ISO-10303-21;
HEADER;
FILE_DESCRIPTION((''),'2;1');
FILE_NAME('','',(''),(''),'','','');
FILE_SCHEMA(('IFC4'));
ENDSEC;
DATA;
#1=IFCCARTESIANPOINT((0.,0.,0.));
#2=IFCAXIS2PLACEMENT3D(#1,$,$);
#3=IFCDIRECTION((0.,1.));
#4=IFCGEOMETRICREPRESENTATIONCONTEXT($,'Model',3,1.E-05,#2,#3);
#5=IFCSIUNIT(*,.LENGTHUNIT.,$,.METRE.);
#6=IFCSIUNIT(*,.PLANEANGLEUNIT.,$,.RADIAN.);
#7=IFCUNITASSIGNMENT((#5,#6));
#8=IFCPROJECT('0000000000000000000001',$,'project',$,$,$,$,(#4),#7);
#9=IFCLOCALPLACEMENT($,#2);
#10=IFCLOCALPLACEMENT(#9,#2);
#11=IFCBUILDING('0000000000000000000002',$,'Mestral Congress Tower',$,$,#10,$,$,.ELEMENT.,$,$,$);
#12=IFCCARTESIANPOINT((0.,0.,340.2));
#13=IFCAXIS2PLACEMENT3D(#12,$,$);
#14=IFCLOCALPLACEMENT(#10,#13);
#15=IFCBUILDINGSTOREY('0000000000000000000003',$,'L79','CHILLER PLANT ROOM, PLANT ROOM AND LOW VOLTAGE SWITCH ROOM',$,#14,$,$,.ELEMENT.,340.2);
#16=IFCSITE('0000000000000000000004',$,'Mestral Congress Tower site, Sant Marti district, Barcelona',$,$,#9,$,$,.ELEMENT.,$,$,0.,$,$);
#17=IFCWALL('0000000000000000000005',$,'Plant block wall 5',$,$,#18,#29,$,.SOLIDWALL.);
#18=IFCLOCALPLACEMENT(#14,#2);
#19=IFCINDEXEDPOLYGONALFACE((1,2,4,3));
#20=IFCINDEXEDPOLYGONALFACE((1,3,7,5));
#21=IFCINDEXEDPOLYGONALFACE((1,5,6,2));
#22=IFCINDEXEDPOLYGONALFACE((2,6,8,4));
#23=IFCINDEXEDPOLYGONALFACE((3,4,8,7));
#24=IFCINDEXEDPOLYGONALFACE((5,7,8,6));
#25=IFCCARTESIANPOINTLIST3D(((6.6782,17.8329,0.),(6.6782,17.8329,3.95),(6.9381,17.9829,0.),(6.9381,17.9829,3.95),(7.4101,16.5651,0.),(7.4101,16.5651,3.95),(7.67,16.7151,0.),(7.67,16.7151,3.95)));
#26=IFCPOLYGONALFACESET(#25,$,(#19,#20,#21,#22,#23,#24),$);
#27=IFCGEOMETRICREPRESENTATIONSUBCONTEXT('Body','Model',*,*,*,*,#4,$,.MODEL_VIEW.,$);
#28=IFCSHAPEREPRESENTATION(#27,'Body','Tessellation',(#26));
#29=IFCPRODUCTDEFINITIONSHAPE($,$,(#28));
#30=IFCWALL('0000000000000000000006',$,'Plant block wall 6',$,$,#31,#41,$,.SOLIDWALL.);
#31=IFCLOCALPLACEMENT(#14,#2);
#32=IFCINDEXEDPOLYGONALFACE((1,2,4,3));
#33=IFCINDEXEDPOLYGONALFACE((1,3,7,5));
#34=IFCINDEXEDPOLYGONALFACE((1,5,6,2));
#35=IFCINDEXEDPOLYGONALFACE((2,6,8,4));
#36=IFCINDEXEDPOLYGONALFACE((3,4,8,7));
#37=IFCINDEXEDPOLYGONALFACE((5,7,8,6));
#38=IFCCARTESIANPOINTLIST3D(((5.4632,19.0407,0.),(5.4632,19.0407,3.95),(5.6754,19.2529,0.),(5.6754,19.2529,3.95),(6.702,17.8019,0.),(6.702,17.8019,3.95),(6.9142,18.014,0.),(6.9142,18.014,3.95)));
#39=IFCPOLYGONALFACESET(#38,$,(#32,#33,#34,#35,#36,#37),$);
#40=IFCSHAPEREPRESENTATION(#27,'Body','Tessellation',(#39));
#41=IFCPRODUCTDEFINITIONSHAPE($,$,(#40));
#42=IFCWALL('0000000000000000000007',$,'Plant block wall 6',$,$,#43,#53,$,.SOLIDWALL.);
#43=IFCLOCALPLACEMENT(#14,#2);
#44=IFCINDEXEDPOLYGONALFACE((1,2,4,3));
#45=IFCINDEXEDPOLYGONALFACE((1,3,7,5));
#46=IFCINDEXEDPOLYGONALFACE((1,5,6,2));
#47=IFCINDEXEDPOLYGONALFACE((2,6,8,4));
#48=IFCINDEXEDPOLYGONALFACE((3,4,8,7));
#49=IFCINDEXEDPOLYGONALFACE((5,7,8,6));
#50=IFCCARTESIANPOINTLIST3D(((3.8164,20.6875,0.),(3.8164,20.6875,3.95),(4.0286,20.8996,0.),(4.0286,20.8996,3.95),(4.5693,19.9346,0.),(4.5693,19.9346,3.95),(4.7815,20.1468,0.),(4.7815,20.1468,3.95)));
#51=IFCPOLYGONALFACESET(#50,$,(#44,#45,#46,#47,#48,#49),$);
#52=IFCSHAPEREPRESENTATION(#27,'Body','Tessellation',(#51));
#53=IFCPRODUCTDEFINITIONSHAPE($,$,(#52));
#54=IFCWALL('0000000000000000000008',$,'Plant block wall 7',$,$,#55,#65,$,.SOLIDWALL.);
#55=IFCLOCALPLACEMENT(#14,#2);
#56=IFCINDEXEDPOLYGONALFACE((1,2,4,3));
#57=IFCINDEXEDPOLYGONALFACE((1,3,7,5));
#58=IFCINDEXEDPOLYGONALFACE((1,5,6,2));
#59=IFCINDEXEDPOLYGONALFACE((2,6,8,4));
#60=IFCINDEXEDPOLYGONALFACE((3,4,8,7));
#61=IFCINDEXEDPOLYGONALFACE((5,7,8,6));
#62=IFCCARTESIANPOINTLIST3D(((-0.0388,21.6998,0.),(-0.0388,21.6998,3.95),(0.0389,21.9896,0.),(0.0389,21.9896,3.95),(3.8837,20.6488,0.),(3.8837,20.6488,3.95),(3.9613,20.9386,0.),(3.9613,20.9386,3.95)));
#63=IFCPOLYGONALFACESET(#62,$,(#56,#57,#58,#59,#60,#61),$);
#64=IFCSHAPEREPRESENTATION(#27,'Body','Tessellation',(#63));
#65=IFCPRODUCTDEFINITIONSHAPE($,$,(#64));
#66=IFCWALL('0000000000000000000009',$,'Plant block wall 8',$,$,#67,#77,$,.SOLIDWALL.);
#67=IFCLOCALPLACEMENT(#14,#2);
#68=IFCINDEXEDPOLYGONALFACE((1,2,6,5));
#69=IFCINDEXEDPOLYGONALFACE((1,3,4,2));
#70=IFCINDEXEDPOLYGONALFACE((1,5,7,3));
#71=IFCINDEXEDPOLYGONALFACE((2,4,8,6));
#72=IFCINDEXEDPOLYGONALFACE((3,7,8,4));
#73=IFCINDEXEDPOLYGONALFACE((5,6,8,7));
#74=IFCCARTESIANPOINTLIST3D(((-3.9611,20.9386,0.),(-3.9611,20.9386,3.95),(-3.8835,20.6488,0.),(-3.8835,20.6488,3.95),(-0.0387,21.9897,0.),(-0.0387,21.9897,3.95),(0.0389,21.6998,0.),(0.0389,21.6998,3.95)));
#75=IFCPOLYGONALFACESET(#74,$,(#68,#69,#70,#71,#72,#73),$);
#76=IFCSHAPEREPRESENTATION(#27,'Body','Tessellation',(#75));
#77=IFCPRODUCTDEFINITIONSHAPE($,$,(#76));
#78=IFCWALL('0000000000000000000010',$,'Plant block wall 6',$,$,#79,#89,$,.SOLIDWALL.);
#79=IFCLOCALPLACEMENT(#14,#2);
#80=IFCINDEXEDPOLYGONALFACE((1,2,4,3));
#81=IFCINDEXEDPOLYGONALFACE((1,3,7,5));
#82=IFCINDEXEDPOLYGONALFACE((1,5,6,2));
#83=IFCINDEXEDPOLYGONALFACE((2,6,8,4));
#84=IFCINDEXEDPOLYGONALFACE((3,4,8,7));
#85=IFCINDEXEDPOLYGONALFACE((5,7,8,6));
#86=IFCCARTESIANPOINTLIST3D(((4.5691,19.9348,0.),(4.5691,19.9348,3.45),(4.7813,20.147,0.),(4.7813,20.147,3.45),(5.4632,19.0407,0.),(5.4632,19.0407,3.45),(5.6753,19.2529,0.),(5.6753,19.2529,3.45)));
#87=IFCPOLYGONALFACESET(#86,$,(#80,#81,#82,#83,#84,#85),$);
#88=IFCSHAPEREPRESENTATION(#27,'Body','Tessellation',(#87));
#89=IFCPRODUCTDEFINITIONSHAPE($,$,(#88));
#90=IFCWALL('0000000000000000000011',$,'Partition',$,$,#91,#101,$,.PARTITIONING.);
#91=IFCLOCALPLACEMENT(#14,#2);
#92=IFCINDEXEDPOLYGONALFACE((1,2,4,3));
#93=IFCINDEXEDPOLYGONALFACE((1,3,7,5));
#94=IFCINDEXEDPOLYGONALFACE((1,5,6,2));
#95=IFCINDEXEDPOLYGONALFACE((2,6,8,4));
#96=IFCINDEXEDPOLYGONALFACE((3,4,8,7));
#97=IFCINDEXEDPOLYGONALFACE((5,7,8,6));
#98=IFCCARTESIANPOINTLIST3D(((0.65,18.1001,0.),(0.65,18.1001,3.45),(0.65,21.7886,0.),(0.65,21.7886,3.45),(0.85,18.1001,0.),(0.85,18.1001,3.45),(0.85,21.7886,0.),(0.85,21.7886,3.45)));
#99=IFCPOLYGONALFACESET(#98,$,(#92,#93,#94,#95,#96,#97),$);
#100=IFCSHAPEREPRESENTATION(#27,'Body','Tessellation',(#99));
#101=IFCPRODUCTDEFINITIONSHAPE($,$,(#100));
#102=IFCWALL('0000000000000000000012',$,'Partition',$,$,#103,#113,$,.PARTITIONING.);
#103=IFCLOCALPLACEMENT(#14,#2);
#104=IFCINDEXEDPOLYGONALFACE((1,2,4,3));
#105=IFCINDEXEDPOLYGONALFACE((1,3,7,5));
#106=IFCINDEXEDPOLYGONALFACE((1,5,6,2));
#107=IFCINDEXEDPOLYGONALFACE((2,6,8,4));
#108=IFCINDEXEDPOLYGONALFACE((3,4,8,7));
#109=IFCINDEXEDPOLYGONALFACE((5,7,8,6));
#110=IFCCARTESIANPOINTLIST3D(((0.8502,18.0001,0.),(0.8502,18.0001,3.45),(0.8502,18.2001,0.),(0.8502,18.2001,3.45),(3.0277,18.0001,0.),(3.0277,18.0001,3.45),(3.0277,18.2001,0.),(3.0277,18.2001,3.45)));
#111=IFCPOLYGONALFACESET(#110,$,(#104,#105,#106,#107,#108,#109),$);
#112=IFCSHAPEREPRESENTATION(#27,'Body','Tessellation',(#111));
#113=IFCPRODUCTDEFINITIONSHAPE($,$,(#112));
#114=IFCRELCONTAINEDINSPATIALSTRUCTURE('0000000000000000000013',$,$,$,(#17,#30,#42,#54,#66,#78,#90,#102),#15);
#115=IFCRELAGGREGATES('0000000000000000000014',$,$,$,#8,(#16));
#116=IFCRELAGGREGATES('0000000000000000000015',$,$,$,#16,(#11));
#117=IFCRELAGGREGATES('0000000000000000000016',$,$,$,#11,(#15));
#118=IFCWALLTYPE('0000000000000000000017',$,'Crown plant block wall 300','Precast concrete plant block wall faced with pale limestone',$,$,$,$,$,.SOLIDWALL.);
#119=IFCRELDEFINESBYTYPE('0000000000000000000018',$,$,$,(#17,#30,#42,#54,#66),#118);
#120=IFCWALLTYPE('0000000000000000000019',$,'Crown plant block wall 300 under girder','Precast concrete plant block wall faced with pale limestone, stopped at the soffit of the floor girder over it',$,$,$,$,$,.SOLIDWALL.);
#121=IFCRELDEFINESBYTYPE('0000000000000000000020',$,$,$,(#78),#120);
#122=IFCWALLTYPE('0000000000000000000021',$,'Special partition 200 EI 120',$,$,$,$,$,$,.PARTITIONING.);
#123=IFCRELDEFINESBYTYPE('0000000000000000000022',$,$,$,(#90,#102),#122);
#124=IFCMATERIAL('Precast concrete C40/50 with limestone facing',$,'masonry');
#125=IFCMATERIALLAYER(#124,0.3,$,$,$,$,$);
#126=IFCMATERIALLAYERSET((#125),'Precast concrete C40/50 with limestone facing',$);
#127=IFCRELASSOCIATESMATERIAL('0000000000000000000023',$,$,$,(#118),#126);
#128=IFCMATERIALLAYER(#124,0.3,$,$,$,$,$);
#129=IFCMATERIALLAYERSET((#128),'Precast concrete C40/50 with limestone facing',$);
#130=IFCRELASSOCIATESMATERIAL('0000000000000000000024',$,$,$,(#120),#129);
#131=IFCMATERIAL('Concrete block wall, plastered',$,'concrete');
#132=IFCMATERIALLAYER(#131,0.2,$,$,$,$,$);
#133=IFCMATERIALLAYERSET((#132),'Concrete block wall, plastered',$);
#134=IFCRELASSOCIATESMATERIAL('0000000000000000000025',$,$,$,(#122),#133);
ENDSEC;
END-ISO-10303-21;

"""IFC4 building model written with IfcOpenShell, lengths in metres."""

from ifc_helpers import new_model, si_unit, direction, frame, frame_2d, origin, place, context, subcontext, project, spatial, rectangle, extrude, material, layer, layer_set, type_object, element, save


model = new_model("IFC4")

# Units and contexts
model_context = context("Model", 3, precision=1e-05, world=origin(), true_north=direction((0.0, 1.0)))
body_context = subcontext(model_context, "Body", "Model", "MODEL_VIEW")
ifc_project = project(units=[si_unit("LENGTHUNIT", "METRE"), si_unit("PLANEANGLEUNIT", "RADIAN")], contexts=[model_context])

# Site, building, storey
site_placement = place(None, origin())
site = spatial("IfcSite", under=ifc_project, at=site_placement, Name="Mestral Congress Tower site, Sant Marti district, Barcelona", CompositionType="ELEMENT", RefElevation=0.0)
building_placement = place(site_placement, origin())
building = spatial("IfcBuilding", under=site, at=building_placement, Name="Mestral Congress Tower", CompositionType="ELEMENT")
storey_placement = place(building_placement, frame((0.0, 0.0, 340.2)))
storey = spatial("IfcBuildingStorey", under=building, at=storey_placement, Name="L79", Description="CHILLER PLANT ROOM, PLANT ROOM AND LOW VOLTAGE SWITCH ROOM", CompositionType="ELEMENT", Elevation=340.2)

# Walls
ifc_material_1 = material(Name="Precast concrete C40/50 with limestone facing", Category="masonry")
ifc_layer_1 = layer(ifc_material_1, 0.3)
ifc_layer_set_1 = layer_set([ifc_layer_1], Name="Precast concrete C40/50 with limestone facing")
wall_type_1 = type_object("IfcWallType", Name="Crown plant block wall 300", Description="Precast concrete plant block wall faced with pale limestone", PredefinedType="SOLIDWALL", material=ifc_layer_set_1)
wall_1_placement = place(storey_placement, frame((7.54, 16.6401, 0.0), z_axis=(0.0, 0.0, 1.0), x_axis=(-0.499977, 0.866038, 0.0)))
element("IfcWall", 1, at=wall_1_placement, inside=storey, type_object=wall_type_1, Name="Plant block wall 5", PredefinedType="SOLIDWALL", context=body_context, shape_type="SweptSolid", body=[
    extrude(rectangle(XDim=1.4639, YDim=0.3, at=frame_2d((0.7319, 0.0))), origin(), (0.0, 0.0, 1.0), 3.95),
])
wall_2_placement = place(storey_placement, frame((6.8081, 17.908, 0.0), z_axis=(0.0, 0.0, 1.0), x_axis=(-0.707107, 0.707107, 0.0)))
element("IfcWall", 2, at=wall_2_placement, inside=storey, type_object=wall_type_1, Name="Plant block wall 6", PredefinedType="SOLIDWALL", context=body_context, shape_type="SweptSolid", body=[
    extrude(rectangle(XDim=1.752, YDim=0.3, at=frame_2d((0.876, 0.0))), origin(), (0.0, 0.0, 1.0), 3.95),
])
wall_3_placement = place(storey_placement, frame((4.6753, 20.0408, 0.0), z_axis=(0.0, 0.0, 1.0), x_axis=(-0.707107, 0.707107, 0.0)))
element("IfcWall", 3, at=wall_3_placement, inside=storey, type_object=wall_type_1, Name="Plant block wall 6", PredefinedType="SOLIDWALL", context=body_context, shape_type="SweptSolid", body=[
    extrude(rectangle(XDim=1.0647, YDim=0.3, at=frame_2d((0.5322, 0.0))), origin(), (0.0, 0.0, 1.0), 3.95),
])
for number, where, z_axis, x_axis, name in (
    (4, (3.9224, 20.7937, 0.0), (0.0, 0.0, 1.0), (-0.965924, 0.258826, 0.0), "Plant block wall 7"),
    (5, (0.0, 21.8447, 0.0), (0.0, 0.0, 1.0), (-0.965924, -0.258826, 0.0), "Plant block wall 8"),
):
    element("IfcWall", number, at=place(storey_placement, frame(where, z_axis=z_axis, x_axis=x_axis)), inside=storey, type_object=wall_type_1, Name=name, PredefinedType="SOLIDWALL", context=body_context, shape_type="SweptSolid", body=[
        extrude(rectangle(XDim=4.0608, YDim=0.3, at=frame_2d((2.0303, 0.0))), origin(), (0.0, 0.0, 1.0), 3.95),
    ])
ifc_layer_2 = layer(ifc_material_1, 0.3)
ifc_layer_set_2 = layer_set([ifc_layer_2], Name="Precast concrete C40/50 with limestone facing")
wall_type_2 = type_object("IfcWallType", Name="Crown plant block wall 300 under girder", Description="Precast concrete plant block wall faced with pale limestone, stopped at the soffit of the floor girder over it", PredefinedType="SOLIDWALL", material=ifc_layer_set_2)
wall_4_placement = place(storey_placement, frame((5.5693, 19.1467, 0.0), z_axis=(0.0, 0.0, 1.0), x_axis=(-0.707107, 0.707107, 0.0)))
element("IfcWall", 6, at=wall_4_placement, inside=storey, type_object=wall_type_2, Name="Plant block wall 6", PredefinedType="SOLIDWALL", context=body_context, shape_type="SweptSolid", body=[
    extrude(rectangle(XDim=1.2644, YDim=0.3, at=frame_2d((0.6323, 0.0))), origin(), (0.0, 0.0, 1.0), 3.45),
])
ifc_material_2 = material(Name="Concrete block wall, plastered", Category="concrete")
ifc_layer_3 = layer(ifc_material_2, 0.2)
ifc_layer_set_3 = layer_set([ifc_layer_3], Name="Concrete block wall, plastered")
wall_type_3 = type_object("IfcWallType", Name="Special partition 200 EI 120", PredefinedType="PARTITIONING", material=ifc_layer_set_3)
wall_5_placement = place(storey_placement, frame((0.75, 21.7886, 0.0), z_axis=(0.0, 0.0, 1.0), x_axis=(0.0, -1.0, 0.0)))
element("IfcWall", 7, at=wall_5_placement, inside=storey, type_object=wall_type_3, Name="Partition", PredefinedType="PARTITIONING", context=body_context, shape_type="SweptSolid", body=[
    extrude(rectangle(XDim=3.6885, YDim=0.2, at=frame_2d((1.8442, 0.0))), origin(), (0.0, 0.0, 1.0), 3.45),
])
wall_6_placement = place(storey_placement, frame((0.8501, 18.1001, 0.0), z_axis=(0.0, 0.0, 1.0), x_axis=(1.0, 0.0, 0.0)))
element("IfcWall", 8, at=wall_6_placement, inside=storey, type_object=wall_type_3, Name="Partition", PredefinedType="PARTITIONING", context=body_context, shape_type="SweptSolid", body=[
    extrude(rectangle(XDim=2.1775, YDim=0.2, at=frame_2d((1.0889, 0.0))), origin(), (0.0, 0.0, 1.0), 3.45),
])

save(model, "model.ifc")
